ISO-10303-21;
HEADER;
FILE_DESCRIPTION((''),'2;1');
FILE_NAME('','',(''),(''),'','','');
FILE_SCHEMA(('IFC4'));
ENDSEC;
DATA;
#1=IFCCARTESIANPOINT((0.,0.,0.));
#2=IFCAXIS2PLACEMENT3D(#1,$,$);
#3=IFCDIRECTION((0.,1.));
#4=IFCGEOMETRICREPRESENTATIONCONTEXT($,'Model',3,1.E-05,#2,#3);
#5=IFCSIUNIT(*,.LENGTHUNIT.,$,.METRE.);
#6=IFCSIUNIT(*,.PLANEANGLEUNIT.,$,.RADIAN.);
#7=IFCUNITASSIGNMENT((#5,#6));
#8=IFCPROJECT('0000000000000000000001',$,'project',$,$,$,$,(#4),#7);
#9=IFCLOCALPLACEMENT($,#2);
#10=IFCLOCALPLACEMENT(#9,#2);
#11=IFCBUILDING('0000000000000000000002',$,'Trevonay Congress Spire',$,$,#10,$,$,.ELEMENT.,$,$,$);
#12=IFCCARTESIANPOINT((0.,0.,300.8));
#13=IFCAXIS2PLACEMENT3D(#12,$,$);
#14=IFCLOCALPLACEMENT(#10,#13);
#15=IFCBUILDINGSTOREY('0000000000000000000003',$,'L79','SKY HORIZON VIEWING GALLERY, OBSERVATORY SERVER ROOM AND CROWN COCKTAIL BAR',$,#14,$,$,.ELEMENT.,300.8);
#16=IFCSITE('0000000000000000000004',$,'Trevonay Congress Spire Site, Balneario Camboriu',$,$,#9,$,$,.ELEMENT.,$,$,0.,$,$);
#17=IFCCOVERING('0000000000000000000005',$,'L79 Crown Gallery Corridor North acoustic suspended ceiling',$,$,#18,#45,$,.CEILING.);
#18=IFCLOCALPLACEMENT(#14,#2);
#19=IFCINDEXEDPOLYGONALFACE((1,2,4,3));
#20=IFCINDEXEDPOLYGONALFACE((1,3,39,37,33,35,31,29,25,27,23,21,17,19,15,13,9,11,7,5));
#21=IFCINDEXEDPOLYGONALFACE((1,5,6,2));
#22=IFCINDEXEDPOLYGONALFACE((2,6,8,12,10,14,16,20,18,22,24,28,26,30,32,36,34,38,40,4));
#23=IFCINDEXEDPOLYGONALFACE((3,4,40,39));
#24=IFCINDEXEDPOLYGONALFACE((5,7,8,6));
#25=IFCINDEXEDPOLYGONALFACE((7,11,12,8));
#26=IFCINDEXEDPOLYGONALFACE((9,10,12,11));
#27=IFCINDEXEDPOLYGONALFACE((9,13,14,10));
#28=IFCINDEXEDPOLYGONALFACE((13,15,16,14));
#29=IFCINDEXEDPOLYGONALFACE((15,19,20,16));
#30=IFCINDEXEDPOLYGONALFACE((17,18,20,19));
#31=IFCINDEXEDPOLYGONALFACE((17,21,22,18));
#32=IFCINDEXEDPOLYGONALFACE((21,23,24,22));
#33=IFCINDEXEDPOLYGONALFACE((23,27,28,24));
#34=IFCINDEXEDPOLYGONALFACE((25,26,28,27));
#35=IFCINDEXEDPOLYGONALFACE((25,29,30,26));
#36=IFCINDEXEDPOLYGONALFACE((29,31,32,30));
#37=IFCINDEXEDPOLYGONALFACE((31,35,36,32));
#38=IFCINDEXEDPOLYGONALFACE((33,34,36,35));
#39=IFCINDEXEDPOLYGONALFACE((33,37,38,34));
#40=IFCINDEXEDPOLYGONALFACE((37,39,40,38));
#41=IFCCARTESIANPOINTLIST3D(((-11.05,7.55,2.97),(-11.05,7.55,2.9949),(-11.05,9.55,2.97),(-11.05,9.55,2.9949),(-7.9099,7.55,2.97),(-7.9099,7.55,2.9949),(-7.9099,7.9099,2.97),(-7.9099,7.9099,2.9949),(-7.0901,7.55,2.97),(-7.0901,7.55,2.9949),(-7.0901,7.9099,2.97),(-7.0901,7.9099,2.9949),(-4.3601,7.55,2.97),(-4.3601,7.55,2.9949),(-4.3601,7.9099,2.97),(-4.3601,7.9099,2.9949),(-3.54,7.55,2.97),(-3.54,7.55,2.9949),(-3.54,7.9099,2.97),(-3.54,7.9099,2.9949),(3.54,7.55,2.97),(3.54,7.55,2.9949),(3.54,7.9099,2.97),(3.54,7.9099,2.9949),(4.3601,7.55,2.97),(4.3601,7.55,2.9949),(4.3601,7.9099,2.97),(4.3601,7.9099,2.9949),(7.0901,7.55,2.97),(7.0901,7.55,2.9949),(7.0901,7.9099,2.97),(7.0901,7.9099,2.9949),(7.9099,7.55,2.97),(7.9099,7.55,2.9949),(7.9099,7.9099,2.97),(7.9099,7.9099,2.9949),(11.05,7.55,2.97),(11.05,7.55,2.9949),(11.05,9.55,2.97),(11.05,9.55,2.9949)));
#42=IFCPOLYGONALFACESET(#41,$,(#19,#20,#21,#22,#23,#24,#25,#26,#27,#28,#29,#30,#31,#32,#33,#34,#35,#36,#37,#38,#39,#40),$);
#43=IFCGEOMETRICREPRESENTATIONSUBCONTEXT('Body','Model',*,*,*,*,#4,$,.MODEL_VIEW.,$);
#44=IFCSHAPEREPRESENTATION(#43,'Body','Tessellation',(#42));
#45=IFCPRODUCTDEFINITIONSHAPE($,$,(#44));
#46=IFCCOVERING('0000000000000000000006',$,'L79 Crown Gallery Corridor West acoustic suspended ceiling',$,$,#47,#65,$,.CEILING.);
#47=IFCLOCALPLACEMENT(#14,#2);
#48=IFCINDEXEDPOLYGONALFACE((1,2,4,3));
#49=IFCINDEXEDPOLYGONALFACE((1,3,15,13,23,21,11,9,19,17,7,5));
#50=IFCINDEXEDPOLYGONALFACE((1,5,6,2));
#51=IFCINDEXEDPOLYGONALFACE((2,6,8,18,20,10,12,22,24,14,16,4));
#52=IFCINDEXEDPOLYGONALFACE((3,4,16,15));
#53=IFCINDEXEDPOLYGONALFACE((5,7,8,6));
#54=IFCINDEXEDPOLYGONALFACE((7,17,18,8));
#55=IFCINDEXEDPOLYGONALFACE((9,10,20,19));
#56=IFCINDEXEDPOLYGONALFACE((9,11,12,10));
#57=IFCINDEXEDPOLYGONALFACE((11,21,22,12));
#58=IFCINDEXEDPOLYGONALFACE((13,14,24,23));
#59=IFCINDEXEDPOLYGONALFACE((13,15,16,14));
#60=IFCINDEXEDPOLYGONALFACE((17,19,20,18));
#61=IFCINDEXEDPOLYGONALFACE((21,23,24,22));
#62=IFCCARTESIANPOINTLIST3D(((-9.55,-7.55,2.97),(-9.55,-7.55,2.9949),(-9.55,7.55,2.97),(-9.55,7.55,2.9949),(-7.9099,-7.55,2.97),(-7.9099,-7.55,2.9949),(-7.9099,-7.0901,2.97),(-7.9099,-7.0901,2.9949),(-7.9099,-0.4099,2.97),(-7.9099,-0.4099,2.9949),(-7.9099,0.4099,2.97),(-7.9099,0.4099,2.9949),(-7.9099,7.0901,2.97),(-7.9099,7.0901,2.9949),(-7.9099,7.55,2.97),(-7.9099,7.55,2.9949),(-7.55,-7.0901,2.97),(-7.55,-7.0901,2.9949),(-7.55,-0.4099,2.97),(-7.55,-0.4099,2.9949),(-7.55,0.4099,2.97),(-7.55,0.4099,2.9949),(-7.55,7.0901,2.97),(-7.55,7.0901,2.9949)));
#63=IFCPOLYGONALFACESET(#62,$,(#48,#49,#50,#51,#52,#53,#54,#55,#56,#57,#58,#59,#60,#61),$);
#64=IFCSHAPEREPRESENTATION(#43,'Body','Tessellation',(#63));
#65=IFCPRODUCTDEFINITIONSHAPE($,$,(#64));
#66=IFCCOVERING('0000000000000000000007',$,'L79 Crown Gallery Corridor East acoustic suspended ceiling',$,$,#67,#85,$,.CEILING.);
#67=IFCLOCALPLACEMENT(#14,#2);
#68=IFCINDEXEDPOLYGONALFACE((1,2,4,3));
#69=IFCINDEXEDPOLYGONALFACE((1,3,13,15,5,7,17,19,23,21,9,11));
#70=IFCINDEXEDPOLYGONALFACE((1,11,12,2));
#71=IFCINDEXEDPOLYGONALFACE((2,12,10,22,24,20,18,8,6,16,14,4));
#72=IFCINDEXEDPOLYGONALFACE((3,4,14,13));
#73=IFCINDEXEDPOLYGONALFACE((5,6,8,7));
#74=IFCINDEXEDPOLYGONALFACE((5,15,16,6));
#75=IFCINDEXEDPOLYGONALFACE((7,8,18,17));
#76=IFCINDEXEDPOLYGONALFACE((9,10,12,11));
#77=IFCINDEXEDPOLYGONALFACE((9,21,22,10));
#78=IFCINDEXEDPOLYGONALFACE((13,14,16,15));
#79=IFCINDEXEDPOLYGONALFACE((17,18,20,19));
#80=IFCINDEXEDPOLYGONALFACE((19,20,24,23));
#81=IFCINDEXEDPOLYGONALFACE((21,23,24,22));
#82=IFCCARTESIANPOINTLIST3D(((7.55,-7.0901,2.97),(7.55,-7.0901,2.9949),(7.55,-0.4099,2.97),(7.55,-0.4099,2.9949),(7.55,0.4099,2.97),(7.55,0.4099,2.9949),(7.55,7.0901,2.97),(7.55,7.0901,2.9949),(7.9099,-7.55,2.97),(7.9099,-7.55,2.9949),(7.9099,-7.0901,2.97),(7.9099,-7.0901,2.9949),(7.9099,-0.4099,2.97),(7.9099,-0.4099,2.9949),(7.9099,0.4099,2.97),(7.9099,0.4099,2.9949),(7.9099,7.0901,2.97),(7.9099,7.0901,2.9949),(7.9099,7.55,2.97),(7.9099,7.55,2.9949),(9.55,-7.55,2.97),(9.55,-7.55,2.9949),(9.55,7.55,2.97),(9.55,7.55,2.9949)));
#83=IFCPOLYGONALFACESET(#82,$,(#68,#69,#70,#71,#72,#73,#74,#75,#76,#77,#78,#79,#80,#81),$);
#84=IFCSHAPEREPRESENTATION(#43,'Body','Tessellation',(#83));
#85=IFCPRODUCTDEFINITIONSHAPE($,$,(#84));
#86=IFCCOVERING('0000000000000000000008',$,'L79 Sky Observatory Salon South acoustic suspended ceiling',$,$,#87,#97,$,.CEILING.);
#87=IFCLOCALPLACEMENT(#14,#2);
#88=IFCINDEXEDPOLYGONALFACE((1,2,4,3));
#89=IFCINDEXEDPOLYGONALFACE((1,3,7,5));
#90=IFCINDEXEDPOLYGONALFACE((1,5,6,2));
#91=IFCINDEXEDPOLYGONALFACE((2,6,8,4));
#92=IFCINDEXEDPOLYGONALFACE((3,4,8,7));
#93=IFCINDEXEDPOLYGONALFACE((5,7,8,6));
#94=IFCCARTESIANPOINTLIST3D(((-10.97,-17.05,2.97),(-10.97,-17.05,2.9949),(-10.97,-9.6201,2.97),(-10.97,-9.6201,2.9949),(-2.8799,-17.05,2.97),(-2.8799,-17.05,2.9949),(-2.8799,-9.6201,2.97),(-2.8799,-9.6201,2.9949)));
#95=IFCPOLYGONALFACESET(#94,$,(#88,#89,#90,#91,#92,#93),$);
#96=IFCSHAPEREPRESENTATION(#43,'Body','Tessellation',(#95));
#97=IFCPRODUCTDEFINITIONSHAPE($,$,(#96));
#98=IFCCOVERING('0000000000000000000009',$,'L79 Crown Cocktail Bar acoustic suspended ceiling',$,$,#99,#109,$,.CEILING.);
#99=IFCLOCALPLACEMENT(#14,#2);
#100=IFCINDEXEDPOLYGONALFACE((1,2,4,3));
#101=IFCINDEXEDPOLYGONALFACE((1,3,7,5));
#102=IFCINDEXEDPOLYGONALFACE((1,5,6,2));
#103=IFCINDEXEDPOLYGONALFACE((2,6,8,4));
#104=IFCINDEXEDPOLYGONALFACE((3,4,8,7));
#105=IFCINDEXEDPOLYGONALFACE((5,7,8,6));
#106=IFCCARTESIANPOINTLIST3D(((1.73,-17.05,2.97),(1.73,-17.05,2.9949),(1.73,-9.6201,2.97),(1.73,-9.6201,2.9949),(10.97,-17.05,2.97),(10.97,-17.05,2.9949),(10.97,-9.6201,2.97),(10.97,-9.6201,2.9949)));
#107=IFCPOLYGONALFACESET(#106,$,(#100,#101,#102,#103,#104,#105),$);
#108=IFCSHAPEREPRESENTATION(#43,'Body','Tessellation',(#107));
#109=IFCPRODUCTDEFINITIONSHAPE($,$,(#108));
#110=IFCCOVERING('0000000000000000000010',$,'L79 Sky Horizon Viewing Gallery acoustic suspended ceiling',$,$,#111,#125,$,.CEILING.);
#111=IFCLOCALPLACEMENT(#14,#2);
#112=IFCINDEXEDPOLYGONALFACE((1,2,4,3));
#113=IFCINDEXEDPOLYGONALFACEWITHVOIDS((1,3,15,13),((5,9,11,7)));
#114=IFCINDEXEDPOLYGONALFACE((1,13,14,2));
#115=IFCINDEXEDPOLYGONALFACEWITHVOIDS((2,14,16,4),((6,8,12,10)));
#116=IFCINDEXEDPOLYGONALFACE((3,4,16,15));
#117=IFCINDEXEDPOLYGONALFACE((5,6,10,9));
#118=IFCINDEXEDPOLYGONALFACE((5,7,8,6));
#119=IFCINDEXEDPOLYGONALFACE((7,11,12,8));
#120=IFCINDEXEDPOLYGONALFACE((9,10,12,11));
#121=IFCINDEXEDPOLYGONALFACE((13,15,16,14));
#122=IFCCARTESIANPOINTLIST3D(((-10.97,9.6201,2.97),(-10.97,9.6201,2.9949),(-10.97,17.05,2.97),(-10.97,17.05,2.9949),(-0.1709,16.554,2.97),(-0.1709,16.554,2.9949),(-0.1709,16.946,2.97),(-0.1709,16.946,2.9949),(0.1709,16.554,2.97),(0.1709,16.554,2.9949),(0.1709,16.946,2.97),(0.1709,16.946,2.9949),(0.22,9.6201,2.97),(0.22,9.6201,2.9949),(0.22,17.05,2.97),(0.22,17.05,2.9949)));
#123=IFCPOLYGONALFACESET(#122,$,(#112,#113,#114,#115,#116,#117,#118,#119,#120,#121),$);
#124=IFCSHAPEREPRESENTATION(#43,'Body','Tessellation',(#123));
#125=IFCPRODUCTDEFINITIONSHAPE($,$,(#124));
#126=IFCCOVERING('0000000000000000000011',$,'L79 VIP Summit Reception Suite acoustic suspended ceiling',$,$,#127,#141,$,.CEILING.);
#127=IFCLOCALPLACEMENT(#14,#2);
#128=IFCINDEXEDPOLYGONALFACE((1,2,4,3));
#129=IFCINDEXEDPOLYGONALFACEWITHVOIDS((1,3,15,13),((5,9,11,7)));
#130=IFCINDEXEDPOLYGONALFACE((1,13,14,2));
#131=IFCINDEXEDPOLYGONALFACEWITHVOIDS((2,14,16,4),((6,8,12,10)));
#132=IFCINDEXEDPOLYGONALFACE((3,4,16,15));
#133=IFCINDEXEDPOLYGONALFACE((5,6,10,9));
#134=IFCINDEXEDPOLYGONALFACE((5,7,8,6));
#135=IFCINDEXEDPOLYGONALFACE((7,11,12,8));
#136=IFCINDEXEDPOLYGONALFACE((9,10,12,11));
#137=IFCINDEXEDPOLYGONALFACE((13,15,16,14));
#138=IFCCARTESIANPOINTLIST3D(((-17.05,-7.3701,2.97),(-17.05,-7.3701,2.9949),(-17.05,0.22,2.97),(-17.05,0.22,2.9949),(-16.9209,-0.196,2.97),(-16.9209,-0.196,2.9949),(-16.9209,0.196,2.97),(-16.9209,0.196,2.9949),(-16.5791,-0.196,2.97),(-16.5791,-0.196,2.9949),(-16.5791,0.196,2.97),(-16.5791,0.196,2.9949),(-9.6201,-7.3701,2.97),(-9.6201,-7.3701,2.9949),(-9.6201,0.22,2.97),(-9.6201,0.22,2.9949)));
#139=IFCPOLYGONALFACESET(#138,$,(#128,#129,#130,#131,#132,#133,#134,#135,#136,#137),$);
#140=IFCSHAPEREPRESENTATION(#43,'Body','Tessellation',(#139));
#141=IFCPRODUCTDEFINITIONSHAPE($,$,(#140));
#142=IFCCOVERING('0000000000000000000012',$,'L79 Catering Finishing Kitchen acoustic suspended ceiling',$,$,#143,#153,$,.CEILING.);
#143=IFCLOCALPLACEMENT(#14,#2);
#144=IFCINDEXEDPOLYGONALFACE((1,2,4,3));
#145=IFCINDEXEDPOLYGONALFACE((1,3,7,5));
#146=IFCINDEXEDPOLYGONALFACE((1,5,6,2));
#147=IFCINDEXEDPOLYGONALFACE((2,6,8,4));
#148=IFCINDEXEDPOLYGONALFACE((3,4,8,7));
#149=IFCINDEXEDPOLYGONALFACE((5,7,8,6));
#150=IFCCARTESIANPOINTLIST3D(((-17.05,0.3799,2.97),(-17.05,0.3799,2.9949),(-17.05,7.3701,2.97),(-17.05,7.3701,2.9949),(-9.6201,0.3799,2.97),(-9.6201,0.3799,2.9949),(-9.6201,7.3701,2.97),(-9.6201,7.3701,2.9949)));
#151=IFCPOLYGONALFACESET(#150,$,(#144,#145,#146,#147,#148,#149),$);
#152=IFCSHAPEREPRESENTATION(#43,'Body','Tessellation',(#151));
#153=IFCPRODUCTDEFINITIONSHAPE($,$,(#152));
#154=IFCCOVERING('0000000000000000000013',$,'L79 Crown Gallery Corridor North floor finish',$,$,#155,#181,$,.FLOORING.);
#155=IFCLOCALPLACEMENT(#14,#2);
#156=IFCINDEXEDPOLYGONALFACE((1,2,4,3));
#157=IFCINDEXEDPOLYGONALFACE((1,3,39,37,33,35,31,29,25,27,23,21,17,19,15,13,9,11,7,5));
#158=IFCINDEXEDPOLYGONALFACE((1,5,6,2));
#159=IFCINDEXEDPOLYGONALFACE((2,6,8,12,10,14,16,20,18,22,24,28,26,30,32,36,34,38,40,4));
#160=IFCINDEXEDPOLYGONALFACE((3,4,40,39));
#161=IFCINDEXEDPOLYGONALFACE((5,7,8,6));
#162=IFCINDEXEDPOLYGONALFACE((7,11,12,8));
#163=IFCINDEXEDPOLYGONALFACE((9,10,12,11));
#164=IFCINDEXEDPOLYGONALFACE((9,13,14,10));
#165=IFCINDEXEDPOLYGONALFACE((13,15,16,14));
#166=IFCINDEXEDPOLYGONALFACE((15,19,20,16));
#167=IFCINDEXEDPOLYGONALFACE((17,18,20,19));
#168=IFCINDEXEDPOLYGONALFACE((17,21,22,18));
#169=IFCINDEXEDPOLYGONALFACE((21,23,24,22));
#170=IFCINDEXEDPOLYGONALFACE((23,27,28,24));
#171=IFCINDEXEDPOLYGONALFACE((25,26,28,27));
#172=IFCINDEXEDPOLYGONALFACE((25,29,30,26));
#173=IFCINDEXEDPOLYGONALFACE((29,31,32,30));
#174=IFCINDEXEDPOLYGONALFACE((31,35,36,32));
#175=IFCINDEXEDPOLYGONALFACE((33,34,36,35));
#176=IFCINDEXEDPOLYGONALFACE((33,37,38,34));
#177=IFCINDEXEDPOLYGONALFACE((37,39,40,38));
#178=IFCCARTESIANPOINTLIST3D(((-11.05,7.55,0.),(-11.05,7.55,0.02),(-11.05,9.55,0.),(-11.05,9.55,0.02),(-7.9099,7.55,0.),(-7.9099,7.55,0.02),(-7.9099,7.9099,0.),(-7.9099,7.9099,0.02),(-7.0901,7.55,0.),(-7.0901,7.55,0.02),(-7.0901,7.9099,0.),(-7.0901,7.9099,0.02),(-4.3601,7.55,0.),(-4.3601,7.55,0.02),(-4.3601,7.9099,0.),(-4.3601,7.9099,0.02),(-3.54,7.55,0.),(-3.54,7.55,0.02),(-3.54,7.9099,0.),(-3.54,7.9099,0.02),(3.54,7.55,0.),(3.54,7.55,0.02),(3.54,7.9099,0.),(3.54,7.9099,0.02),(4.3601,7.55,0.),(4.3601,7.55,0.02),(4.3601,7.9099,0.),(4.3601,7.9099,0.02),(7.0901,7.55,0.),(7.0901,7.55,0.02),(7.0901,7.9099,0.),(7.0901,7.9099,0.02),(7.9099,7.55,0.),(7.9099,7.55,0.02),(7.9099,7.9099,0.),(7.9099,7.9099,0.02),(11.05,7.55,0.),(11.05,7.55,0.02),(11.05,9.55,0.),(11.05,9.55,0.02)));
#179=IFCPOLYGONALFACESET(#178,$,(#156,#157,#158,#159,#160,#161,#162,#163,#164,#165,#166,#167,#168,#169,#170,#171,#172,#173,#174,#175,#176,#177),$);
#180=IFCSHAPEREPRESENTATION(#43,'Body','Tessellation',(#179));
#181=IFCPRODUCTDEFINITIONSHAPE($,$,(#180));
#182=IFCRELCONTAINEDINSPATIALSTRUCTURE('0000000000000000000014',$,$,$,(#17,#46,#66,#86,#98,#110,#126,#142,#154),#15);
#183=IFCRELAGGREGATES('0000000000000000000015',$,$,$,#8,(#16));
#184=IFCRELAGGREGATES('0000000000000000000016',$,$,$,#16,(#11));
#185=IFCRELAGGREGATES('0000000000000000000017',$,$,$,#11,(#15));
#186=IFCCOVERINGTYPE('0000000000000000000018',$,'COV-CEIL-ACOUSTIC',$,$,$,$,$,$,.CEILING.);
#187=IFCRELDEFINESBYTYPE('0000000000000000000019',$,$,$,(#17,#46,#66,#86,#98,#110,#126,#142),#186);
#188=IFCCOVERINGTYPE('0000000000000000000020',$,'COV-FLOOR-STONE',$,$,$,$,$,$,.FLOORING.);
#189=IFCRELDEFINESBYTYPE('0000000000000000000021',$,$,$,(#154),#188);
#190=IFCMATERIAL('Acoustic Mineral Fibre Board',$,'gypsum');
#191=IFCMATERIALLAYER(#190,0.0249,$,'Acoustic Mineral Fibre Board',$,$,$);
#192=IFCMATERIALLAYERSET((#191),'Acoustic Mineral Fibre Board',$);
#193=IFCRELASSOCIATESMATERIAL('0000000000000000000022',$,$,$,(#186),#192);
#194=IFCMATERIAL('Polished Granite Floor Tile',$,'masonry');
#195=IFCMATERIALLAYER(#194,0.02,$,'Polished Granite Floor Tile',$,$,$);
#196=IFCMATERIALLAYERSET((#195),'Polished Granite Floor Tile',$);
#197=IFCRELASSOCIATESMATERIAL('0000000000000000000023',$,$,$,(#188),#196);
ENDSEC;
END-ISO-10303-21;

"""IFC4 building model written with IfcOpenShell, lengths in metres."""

from ifc_helpers import new_model, si_unit, direction, frame, origin, place, context, subcontext, project, spatial, polyline, outline, extrude, material, layer, layer_set, type_object, element, save


model = new_model("IFC4")

# Units and contexts
model_context = context("Model", 3, precision=1e-05, world=origin(), true_north=direction((0.0, 1.0)))
body_context = subcontext(model_context, "Body", "Model", "MODEL_VIEW")
ifc_project = project(units=[si_unit("LENGTHUNIT", "METRE"), si_unit("PLANEANGLEUNIT", "RADIAN")], contexts=[model_context])

# Site, building, storey
site_placement = place(None, origin())
site = spatial("IfcSite", under=ifc_project, at=site_placement, Name="Trevonay Congress Spire Site, Balneario Camboriu", CompositionType="ELEMENT", RefElevation=0.0)
building_placement = place(site_placement, origin())
building = spatial("IfcBuilding", under=site, at=building_placement, Name="Trevonay Congress Spire", CompositionType="ELEMENT")
storey_placement = place(building_placement, frame((0.0, 0.0, 300.8)))
storey = spatial("IfcBuildingStorey", under=building, at=storey_placement, Name="L79", Description="SKY HORIZON VIEWING GALLERY, OBSERVATORY SERVER ROOM AND CROWN COCKTAIL BAR", CompositionType="ELEMENT", Elevation=300.8)

# Coverings
ifc_material_1 = material(Name="Acoustic Mineral Fibre Board", Category="gypsum")
ifc_layer_1 = layer(ifc_material_1, 0.0249, Name="Acoustic Mineral Fibre Board")
ifc_layer_set_1 = layer_set([ifc_layer_1], Name="Acoustic Mineral Fibre Board")
covering_type_1 = type_object("IfcCoveringType", Name="COV-CEIL-ACOUSTIC", PredefinedType="CEILING", material=ifc_layer_set_1)
covering_1_placement = place(storey_placement, frame((0.0, 0.0, 2.97)))
element("IfcCovering", 1, at=covering_1_placement, inside=storey, type_object=covering_type_1, Name="L79 Crown Gallery Corridor North acoustic suspended ceiling", PredefinedType="CEILING", context=body_context, shape_type="SweptSolid", body=[
    extrude(outline(polyline([(-11.05, 7.55), (-11.05, 9.55), (11.05, 9.55), (11.05, 7.55), (7.9099, 7.55), (7.9099, 7.9099), (7.0901, 7.9099), (7.0901, 7.55), (4.3601, 7.55), (4.3601, 7.9099), (3.54, 7.9099), (3.54, 7.55), (-3.54, 7.55), (-3.54, 7.9099), (-4.3601, 7.9099), (-4.3601, 7.55), (-7.0901, 7.55), (-7.0901, 7.9099), (-7.9099, 7.9099), (-7.9099, 7.55), (-11.05, 7.55)])), origin(), (0.0, 0.0, 1.0), 0.0249),
])
covering_2_placement = place(storey_placement, frame((0.0, 0.0, 2.97)))
element("IfcCovering", 2, at=covering_2_placement, inside=storey, type_object=covering_type_1, Name="L79 Crown Gallery Corridor West acoustic suspended ceiling", PredefinedType="CEILING", context=body_context, shape_type="SweptSolid", body=[
    extrude(outline(polyline([(-9.55, 7.55), (-7.9099, 7.55), (-7.9099, 7.0901), (-7.55, 7.0901), (-7.55, 0.4099), (-7.9099, 0.4099), (-7.9099, -0.4099), (-7.55, -0.4099), (-7.55, -7.0901), (-7.9099, -7.0901), (-7.9099, -7.55), (-9.55, -7.55), (-9.55, 7.55)])), origin(), (0.0, 0.0, 1.0), 0.0249),
])
covering_3_placement = place(storey_placement, frame((0.0, 0.0, 2.97)))
element("IfcCovering", 3, at=covering_3_placement, inside=storey, type_object=covering_type_1, Name="L79 Crown Gallery Corridor East acoustic suspended ceiling", PredefinedType="CEILING", context=body_context, shape_type="SweptSolid", body=[
    extrude(outline(polyline([(9.55, -7.55), (7.9099, -7.55), (7.9099, -7.0901), (7.55, -7.0901), (7.55, -0.4099), (7.9099, -0.4099), (7.9099, 0.4099), (7.55, 0.4099), (7.55, 7.0901), (7.9099, 7.0901), (7.9099, 7.55), (9.55, 7.55), (9.55, -7.55)])), origin(), (0.0, 0.0, 1.0), 0.0249),
])
covering_4_placement = place(storey_placement, frame((0.0, 0.0, 2.97)))
element("IfcCovering", 4, at=covering_4_placement, inside=storey, type_object=covering_type_1, Name="L79 Sky Observatory Salon South acoustic suspended ceiling", PredefinedType="CEILING", context=body_context, shape_type="SweptSolid", body=[
    extrude(outline(polyline([(-10.97, -17.05), (-2.8799, -17.05), (-2.8799, -9.6201), (-10.97, -9.6201), (-10.97, -17.05)])), origin(), (0.0, 0.0, 1.0), 0.0249),
])
covering_5_placement = place(storey_placement, frame((0.0, 0.0, 2.97)))
element("IfcCovering", 5, at=covering_5_placement, inside=storey, type_object=covering_type_1, Name="L79 Crown Cocktail Bar acoustic suspended ceiling", PredefinedType="CEILING", context=body_context, shape_type="SweptSolid", body=[
    extrude(outline(polyline([(1.73, -17.05), (10.97, -17.05), (10.97, -9.6201), (1.73, -9.6201), (1.73, -17.05)])), origin(), (0.0, 0.0, 1.0), 0.0249),
])
covering_6_placement = place(storey_placement, frame((0.0, 0.0, 2.97)))
element("IfcCovering", 6, at=covering_6_placement, inside=storey, type_object=covering_type_1, Name="L79 Sky Horizon Viewing Gallery acoustic suspended ceiling", PredefinedType="CEILING", context=body_context, shape_type="SweptSolid", body=[
    extrude(outline(polyline([(-10.97, 17.05), (0.22, 17.05), (0.22, 9.6201), (-10.97, 9.6201), (-10.97, 17.05)]), holes=[polyline([(0.1709, 16.554), (0.1709, 16.946), (-0.1709, 16.946), (-0.1709, 16.554), (0.1709, 16.554)])]), origin(), (0.0, 0.0, 1.0), 0.0249),
])
covering_7_placement = place(storey_placement, frame((0.0, 0.0, 2.97)))
element("IfcCovering", 7, at=covering_7_placement, inside=storey, type_object=covering_type_1, Name="L79 VIP Summit Reception Suite acoustic suspended ceiling", PredefinedType="CEILING", context=body_context, shape_type="SweptSolid", body=[
    extrude(outline(polyline([(-17.05, 0.22), (-9.6201, 0.22), (-9.6201, -7.3701), (-17.05, -7.3701), (-17.05, 0.22)]), holes=[polyline([(-16.5791, -0.196), (-16.5791, 0.196), (-16.9209, 0.196), (-16.9209, -0.196), (-16.5791, -0.196)])]), origin(), (0.0, 0.0, 1.0), 0.0249),
])
covering_8_placement = place(storey_placement, frame((0.0, 0.0, 2.97)))
element("IfcCovering", 8, at=covering_8_placement, inside=storey, type_object=covering_type_1, Name="L79 Catering Finishing Kitchen acoustic suspended ceiling", PredefinedType="CEILING", context=body_context, shape_type="SweptSolid", body=[
    extrude(outline(polyline([(-17.05, 0.3799), (-9.6201, 0.3799), (-9.6201, 7.3701), (-17.05, 7.3701), (-17.05, 0.3799)])), origin(), (0.0, 0.0, 1.0), 0.0249),
])
ifc_material_2 = material(Name="Polished Granite Floor Tile", Category="masonry")
ifc_layer_2 = layer(ifc_material_2, 0.02, Name="Polished Granite Floor Tile")
ifc_layer_set_2 = layer_set([ifc_layer_2], Name="Polished Granite Floor Tile")
covering_type_2 = type_object("IfcCoveringType", Name="COV-FLOOR-STONE", PredefinedType="FLOORING", material=ifc_layer_set_2)
covering_9_placement = place(storey_placement, origin())
element("IfcCovering", 9, at=covering_9_placement, inside=storey, type_object=covering_type_2, Name="L79 Crown Gallery Corridor North floor finish", PredefinedType="FLOORING", context=body_context, shape_type="SweptSolid", body=[
    extrude(outline(polyline([(-11.05, 7.55), (-11.05, 9.55), (11.05, 9.55), (11.05, 7.55), (7.9099, 7.55), (7.9099, 7.9099), (7.0901, 7.9099), (7.0901, 7.55), (4.3601, 7.55), (4.3601, 7.9099), (3.54, 7.9099), (3.54, 7.55), (-3.54, 7.55), (-3.54, 7.9099), (-4.3601, 7.9099), (-4.3601, 7.55), (-7.0901, 7.55), (-7.0901, 7.9099), (-7.9099, 7.9099), (-7.9099, 7.55), (-11.05, 7.55)])), origin(), (0.0, 0.0, 1.0), 0.02),
])

save(model, "model.ifc")
